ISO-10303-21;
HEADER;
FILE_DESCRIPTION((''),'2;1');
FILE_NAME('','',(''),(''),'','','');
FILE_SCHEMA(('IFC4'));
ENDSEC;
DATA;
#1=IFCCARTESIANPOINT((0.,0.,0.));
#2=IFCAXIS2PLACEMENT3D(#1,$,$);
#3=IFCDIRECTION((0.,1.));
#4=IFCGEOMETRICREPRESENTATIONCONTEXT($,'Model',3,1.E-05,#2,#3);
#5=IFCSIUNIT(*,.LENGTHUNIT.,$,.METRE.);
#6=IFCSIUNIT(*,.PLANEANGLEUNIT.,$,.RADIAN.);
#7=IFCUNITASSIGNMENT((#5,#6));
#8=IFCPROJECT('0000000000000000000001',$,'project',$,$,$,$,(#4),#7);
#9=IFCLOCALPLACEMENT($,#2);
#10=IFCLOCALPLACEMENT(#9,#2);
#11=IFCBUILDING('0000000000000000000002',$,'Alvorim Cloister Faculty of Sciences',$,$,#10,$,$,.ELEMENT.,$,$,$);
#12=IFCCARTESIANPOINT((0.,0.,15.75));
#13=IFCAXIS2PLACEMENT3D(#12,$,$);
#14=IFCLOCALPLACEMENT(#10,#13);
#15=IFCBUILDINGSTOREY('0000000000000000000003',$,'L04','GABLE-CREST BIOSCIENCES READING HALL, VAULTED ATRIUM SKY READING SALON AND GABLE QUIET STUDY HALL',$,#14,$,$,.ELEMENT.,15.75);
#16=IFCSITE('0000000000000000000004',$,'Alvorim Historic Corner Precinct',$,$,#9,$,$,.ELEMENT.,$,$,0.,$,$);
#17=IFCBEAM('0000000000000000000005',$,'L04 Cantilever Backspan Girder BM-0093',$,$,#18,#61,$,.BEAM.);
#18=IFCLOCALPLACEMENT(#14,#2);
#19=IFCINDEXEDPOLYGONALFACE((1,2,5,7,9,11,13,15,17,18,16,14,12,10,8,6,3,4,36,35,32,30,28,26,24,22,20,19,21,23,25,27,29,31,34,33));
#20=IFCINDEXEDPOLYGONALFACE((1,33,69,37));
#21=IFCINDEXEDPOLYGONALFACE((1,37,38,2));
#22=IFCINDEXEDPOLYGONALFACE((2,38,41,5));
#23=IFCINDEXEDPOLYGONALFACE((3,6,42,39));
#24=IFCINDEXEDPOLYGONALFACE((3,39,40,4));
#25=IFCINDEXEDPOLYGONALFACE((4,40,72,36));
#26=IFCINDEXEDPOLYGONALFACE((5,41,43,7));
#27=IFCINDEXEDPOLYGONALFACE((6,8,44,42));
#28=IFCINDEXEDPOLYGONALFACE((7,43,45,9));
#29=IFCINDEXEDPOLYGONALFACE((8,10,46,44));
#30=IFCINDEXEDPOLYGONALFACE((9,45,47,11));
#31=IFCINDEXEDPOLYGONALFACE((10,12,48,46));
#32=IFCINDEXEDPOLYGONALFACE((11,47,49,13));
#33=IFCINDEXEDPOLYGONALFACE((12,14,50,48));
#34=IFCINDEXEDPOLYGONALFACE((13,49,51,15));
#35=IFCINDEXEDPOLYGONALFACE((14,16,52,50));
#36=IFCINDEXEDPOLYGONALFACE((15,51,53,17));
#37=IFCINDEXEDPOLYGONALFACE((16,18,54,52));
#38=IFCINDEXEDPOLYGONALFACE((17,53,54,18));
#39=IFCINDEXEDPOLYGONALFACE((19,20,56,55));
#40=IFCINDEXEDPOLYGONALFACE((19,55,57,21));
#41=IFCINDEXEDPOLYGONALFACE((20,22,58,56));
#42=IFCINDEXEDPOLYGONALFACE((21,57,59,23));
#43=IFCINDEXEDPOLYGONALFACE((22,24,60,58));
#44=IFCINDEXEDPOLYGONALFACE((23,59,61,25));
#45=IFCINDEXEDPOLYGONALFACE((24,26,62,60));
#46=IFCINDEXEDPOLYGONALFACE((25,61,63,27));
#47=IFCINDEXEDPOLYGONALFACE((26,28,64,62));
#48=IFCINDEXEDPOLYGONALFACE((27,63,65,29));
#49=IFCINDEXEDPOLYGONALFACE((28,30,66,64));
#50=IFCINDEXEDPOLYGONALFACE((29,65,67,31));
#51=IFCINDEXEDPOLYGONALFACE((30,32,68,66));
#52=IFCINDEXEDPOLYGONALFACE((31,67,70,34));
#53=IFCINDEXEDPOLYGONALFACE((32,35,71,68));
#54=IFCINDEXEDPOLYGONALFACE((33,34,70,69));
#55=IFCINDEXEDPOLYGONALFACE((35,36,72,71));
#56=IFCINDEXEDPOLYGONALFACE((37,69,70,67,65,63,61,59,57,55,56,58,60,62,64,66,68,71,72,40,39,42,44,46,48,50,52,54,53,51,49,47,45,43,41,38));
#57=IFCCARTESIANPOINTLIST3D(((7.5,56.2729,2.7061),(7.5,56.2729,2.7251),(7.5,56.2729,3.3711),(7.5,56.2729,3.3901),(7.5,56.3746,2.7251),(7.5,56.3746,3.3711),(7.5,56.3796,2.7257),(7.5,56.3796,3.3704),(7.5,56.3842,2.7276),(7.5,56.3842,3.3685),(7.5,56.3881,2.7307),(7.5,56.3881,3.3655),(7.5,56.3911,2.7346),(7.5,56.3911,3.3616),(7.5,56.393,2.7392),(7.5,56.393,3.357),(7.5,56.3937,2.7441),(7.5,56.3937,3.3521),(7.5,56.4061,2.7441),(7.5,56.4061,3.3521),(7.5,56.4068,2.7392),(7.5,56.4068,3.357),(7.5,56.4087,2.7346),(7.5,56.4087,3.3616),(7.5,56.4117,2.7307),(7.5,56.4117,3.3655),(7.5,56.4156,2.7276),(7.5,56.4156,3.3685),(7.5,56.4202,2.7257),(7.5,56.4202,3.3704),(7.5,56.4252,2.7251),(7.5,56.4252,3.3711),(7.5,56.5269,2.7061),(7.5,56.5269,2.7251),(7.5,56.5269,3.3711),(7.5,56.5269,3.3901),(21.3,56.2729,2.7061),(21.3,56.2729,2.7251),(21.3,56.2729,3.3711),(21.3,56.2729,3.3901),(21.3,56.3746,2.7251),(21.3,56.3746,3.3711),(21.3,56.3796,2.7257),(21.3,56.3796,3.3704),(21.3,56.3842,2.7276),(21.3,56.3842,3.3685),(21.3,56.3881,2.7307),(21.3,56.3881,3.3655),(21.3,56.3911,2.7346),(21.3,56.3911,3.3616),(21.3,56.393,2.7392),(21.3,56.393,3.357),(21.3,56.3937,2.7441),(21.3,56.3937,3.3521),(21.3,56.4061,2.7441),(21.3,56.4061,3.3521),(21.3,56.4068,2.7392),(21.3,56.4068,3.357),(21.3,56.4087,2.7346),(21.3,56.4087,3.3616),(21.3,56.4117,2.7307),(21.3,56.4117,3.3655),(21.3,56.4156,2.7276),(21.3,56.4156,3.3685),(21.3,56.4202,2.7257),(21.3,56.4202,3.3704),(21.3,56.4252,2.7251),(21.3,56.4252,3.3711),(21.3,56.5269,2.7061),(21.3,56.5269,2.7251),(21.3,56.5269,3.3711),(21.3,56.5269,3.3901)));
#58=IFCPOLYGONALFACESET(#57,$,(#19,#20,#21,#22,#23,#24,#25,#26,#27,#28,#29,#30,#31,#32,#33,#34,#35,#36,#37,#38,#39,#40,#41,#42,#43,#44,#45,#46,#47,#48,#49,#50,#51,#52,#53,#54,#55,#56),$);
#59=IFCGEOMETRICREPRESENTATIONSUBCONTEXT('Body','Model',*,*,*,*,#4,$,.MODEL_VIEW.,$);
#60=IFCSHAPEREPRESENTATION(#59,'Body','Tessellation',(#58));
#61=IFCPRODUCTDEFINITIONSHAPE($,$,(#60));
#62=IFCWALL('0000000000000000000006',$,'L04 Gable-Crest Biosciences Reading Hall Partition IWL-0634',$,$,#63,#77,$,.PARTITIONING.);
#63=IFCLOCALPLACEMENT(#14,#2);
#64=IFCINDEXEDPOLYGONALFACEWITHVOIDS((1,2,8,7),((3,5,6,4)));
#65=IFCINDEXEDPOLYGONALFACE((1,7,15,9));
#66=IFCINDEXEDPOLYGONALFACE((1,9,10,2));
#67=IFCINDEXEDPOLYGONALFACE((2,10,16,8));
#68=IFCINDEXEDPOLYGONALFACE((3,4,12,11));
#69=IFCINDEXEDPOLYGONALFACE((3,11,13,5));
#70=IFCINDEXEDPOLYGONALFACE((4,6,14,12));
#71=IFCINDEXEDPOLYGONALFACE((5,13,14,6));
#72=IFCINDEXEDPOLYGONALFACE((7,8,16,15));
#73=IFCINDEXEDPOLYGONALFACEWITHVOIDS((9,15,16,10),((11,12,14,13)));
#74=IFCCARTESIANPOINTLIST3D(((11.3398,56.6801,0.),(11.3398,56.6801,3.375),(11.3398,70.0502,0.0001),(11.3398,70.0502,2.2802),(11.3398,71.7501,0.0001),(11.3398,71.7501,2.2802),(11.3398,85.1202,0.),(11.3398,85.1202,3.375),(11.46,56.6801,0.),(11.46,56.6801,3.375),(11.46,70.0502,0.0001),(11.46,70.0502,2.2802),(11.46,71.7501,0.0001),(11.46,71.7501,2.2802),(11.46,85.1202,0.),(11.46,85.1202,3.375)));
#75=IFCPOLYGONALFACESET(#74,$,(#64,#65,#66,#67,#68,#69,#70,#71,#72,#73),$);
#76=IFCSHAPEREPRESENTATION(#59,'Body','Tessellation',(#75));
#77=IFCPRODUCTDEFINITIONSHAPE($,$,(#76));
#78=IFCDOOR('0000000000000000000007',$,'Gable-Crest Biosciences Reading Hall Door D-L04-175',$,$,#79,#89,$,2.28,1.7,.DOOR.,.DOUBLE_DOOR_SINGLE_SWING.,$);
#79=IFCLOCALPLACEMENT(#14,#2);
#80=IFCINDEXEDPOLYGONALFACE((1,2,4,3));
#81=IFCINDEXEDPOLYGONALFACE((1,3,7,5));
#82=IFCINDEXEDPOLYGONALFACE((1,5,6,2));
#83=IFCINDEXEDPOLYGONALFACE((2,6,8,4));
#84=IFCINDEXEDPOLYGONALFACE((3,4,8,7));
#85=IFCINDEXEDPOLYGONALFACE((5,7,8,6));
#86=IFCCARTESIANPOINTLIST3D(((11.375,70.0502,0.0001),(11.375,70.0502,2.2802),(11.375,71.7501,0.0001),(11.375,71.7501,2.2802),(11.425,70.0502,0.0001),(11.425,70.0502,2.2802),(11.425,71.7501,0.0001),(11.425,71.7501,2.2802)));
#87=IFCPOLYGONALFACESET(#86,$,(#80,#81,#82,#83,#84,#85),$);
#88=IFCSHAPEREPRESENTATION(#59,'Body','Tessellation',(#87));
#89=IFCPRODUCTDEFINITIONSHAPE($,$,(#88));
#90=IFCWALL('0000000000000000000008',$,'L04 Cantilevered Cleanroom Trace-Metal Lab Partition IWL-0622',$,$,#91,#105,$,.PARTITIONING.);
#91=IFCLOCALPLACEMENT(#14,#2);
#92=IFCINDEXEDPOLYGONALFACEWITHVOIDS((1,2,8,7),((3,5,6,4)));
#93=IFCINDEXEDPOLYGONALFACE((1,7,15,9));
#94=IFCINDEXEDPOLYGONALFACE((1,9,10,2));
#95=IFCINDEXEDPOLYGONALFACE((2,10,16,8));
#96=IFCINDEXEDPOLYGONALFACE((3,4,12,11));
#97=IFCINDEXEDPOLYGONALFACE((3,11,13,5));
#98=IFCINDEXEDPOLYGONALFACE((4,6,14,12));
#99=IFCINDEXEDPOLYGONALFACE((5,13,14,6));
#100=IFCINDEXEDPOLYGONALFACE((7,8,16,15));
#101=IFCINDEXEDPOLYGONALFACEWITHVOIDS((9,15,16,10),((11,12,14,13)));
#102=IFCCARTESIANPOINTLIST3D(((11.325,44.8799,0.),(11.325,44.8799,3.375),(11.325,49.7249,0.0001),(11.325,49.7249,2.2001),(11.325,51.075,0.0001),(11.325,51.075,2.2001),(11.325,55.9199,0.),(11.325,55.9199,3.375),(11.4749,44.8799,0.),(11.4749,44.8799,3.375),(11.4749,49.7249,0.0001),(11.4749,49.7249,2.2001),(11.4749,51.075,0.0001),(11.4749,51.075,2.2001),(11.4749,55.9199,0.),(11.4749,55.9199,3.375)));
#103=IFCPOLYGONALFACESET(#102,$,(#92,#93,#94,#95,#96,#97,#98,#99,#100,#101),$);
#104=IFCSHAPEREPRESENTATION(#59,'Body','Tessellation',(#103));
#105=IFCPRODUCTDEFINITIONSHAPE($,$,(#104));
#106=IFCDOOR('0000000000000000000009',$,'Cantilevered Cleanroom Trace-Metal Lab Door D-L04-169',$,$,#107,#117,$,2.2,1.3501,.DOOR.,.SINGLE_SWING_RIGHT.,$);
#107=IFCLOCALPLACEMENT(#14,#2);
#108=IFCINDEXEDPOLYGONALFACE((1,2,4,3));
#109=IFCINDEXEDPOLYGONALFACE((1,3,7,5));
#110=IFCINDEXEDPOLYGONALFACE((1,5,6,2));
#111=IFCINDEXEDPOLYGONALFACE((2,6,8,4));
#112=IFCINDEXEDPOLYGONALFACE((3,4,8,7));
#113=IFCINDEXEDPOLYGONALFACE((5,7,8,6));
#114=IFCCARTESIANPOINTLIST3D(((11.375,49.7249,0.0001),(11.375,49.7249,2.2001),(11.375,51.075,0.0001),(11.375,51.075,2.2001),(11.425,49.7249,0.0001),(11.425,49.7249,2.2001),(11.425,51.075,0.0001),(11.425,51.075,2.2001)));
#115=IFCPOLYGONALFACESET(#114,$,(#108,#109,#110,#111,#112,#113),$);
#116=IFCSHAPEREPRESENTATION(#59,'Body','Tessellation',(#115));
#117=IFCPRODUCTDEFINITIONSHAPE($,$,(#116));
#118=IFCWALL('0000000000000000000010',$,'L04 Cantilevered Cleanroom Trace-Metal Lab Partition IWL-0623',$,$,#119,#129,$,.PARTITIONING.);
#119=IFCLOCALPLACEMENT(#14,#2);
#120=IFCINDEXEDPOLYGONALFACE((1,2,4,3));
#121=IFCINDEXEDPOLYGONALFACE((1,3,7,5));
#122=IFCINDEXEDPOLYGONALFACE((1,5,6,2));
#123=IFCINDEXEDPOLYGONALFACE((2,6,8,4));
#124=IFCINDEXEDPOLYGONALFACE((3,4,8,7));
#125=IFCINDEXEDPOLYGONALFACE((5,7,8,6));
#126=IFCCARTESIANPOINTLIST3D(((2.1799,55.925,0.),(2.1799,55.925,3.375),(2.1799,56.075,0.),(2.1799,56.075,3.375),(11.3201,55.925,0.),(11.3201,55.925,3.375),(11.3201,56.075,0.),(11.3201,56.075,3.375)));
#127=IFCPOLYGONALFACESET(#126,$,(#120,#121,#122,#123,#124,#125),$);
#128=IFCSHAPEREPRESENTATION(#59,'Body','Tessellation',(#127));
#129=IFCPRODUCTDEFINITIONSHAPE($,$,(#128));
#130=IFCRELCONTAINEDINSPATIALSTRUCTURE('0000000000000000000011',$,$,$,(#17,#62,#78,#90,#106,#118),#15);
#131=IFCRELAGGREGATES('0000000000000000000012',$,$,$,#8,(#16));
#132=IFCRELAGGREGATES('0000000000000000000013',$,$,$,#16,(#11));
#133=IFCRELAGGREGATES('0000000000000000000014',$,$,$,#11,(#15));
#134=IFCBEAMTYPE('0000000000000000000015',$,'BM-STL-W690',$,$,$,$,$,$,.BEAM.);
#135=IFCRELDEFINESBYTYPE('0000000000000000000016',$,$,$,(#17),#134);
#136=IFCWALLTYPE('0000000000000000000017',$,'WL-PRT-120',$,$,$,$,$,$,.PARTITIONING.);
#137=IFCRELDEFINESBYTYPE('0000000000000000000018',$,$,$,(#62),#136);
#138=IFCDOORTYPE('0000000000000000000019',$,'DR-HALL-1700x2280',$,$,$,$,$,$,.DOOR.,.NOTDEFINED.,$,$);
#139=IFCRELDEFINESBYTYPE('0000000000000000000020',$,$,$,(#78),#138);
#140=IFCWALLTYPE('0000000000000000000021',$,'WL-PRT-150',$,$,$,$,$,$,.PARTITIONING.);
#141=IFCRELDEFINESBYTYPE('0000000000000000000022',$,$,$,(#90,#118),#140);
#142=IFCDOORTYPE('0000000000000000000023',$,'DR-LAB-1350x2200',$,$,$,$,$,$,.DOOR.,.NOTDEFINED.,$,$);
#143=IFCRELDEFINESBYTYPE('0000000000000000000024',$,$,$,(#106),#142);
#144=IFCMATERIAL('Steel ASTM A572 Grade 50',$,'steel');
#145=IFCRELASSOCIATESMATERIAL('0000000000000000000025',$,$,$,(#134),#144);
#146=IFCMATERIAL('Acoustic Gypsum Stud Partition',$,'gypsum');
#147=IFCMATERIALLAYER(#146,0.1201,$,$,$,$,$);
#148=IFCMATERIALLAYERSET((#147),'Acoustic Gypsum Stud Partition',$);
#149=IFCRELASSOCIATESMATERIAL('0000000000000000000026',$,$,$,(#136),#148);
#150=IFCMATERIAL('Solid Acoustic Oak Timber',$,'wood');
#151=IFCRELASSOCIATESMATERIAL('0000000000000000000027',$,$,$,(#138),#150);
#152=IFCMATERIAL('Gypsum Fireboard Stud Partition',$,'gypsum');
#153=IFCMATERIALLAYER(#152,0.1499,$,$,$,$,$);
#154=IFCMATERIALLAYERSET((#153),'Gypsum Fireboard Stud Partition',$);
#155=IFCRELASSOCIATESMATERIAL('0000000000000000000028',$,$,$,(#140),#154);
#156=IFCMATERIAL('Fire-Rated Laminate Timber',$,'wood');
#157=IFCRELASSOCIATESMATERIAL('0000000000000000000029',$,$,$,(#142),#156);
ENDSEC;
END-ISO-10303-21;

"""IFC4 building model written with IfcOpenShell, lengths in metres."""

from ifc_helpers import new_model, si_unit, direction, frame, frame_2d, origin, origin_2d, place, context, subcontext, project, spatial, rectangle, i_section, extrude, material, layer, layer_set, material_profile, profile_set, type_object, element, fill, save


model = new_model("IFC4")

# Units and contexts
model_context = context("Model", 3, precision=1e-05, world=origin(), true_north=direction((0.0, 1.0)))
body_context = subcontext(model_context, "Body", "Model", "MODEL_VIEW")
ifc_project = project(units=[si_unit("LENGTHUNIT", "METRE"), si_unit("PLANEANGLEUNIT", "RADIAN")], contexts=[model_context])

# Site, building, storey
site_placement = place(None, origin())
site = spatial("IfcSite", under=ifc_project, at=site_placement, Name="Alvorim Historic Corner Precinct", CompositionType="ELEMENT", RefElevation=0.0)
building_placement = place(site_placement, origin())
building = spatial("IfcBuilding", under=site, at=building_placement, Name="Alvorim Cloister Faculty of Sciences", CompositionType="ELEMENT")
storey_placement = place(building_placement, frame((0.0, 0.0, 15.75)))
storey = spatial("IfcBuildingStorey", under=building, at=storey_placement, Name="L04", Description="GABLE-CREST BIOSCIENCES READING HALL, VAULTED ATRIUM SKY READING SALON AND GABLE QUIET STUDY HALL", CompositionType="ELEMENT", Elevation=15.75)

# Beam
ifc_material_1 = material(Name="Steel ASTM A572 Grade 50", Category="steel")
ifc_material_profile_1 = material_profile(ifc_material_1, i_section(OverallWidth=0.2539, OverallDepth=0.6841, WebThickness=0.0125, FlangeThickness=0.019, FilletRadius=0.019, at=origin_2d()), Name="W690x140.0")
ifc_profile_set_1 = profile_set([ifc_material_profile_1], Name="Steel ASTM A572 Grade 50")
beam_type_1 = type_object("IfcBeamType", Name="BM-STL-W690", PredefinedType="BEAM", material=ifc_profile_set_1)
beam_1_placement = place(storey_placement, frame((7.5, 56.3999, 3.0481), z_axis=(1.0, 0.0, 0.0), x_axis=(0.0, 1.0, 0.0)))
element("IfcBeam", 1, at=beam_1_placement, inside=storey, type_object=beam_type_1, Name="L04 Cantilever Backspan Girder BM-0093", PredefinedType="BEAM", context=body_context, shape_type="SweptSolid", body=[
    extrude(i_section(OverallWidth=0.2539, OverallDepth=0.6841, WebThickness=0.0125, FlangeThickness=0.019, FilletRadius=0.019, at=origin_2d()), origin(), (0.0, 0.0, 1.0), 13.8),
])

# Walls, openings, doors
ifc_material_2 = material(Name="Acoustic Gypsum Stud Partition", Category="gypsum")
ifc_layer_1 = layer(ifc_material_2, 0.1201)
ifc_layer_set_1 = layer_set([ifc_layer_1], Name="Acoustic Gypsum Stud Partition")
wall_type_1 = type_object("IfcWallType", Name="WL-PRT-120", PredefinedType="PARTITIONING", material=ifc_layer_set_1)
wall_1_placement = place(storey_placement, frame((11.3999, 56.6799, 0.0), z_axis=(0.0, 0.0, 1.0), x_axis=(0.0, 1.0, 0.0)))
wall_1 = element("IfcWall", 2, at=wall_1_placement, inside=storey, type_object=wall_type_1, Name="L04 Gable-Crest Biosciences Reading Hall Partition IWL-0634", PredefinedType="PARTITIONING", context=body_context, shape_type="SweptSolid", body=[
    extrude(rectangle(XDim=28.4402, YDim=0.1201, at=frame_2d((14.2202, 0.0))), origin(), (0.0, 0.0, 1.0), 3.375),
])
opening_1_placement = place(wall_1_placement, frame((13.3701, 0.0, 0.0)))
opening_1 = element("IfcOpeningElement", 3, at=opening_1_placement, cuts=wall_1, PredefinedType="OPENING", context=body_context, shape_type="SweptSolid", body=[
    extrude(rectangle(XDim=1.7, YDim=2.28, at=frame_2d((0.8501, 1.1401))), frame((0.0, 0.072, 0.0), z_axis=(0.0, -1.0, 0.0), x_axis=(1.0, 0.0, 0.0)), (0.0, 0.0, 1.0), 0.144),
])
ifc_material_3 = material(Name="Solid Acoustic Oak Timber", Category="wood")
door_type_1 = type_object("IfcDoorType", Name="DR-HALL-1700x2280", OperationType="NOTDEFINED", PredefinedType="DOOR", material=ifc_material_3)
door_1_placement = place(opening_1_placement, origin())
door_1 = element("IfcDoor", 4, at=door_1_placement, inside=storey, type_object=door_type_1, Name="Gable-Crest Biosciences Reading Hall Door D-L04-175", OperationType="DOUBLE_DOOR_SINGLE_SWING", OverallHeight=2.28, OverallWidth=1.7, PredefinedType="DOOR", context=body_context, shape_type="SweptSolid", body=[
    extrude(rectangle(XDim=1.7, YDim=2.28, at=frame_2d((0.8501, 1.1401))), frame((0.0, 0.0249, 0.0), z_axis=(0.0, -1.0, 0.0), x_axis=(1.0, 0.0, 0.0)), (0.0, 0.0, 1.0), 0.05),
])
fill(opening_1, door_1)
ifc_material_4 = material(Name="Gypsum Fireboard Stud Partition", Category="gypsum")
ifc_layer_2 = layer(ifc_material_4, 0.1499)
ifc_layer_set_2 = layer_set([ifc_layer_2], Name="Gypsum Fireboard Stud Partition")
wall_type_2 = type_object("IfcWallType", Name="WL-PRT-150", PredefinedType="PARTITIONING", material=ifc_layer_set_2)
wall_2_placement = place(storey_placement, frame((11.3999, 44.8799, 0.0), z_axis=(0.0, 0.0, 1.0), x_axis=(0.0, 1.0, 0.0)))
wall_2 = element("IfcWall", 5, at=wall_2_placement, inside=storey, type_object=wall_type_2, Name="L04 Cantilevered Cleanroom Trace-Metal Lab Partition IWL-0622", PredefinedType="PARTITIONING", context=body_context, shape_type="SweptSolid", body=[
    extrude(rectangle(XDim=11.04, YDim=0.1499, at=frame_2d((5.52, 0.0))), origin(), (0.0, 0.0, 1.0), 3.375),
])
opening_2_placement = place(wall_2_placement, frame((4.845, 0.0, 0.0)))
opening_2 = element("IfcOpeningElement", 6, at=opening_2_placement, cuts=wall_2, PredefinedType="OPENING", context=body_context, shape_type="SweptSolid", body=[
    extrude(rectangle(XDim=1.3501, YDim=2.2, at=frame_2d((0.675, 1.1001))), frame((0.0, 0.0869, 0.0), z_axis=(0.0, -1.0, 0.0), x_axis=(1.0, 0.0, 0.0)), (0.0, 0.0, 1.0), 0.1738),
])
ifc_material_5 = material(Name="Fire-Rated Laminate Timber", Category="wood")
door_type_2 = type_object("IfcDoorType", Name="DR-LAB-1350x2200", OperationType="NOTDEFINED", PredefinedType="DOOR", material=ifc_material_5)
door_2_placement = place(opening_2_placement, origin())
door_2 = element("IfcDoor", 7, at=door_2_placement, inside=storey, type_object=door_type_2, Name="Cantilevered Cleanroom Trace-Metal Lab Door D-L04-169", OperationType="SINGLE_SWING_RIGHT", OverallHeight=2.2, OverallWidth=1.3501, PredefinedType="DOOR", context=body_context, shape_type="SweptSolid", body=[
    extrude(rectangle(XDim=1.3501, YDim=2.2, at=frame_2d((0.675, 1.1001))), frame((0.0, 0.0249, 0.0), z_axis=(0.0, -1.0, 0.0), x_axis=(1.0, 0.0, 0.0)), (0.0, 0.0, 1.0), 0.05),
])
fill(opening_2, door_2)

# Wall
wall_3_placement = place(storey_placement, frame((2.1799, 56.0, 0.0), z_axis=(0.0, 0.0, 1.0), x_axis=(1.0, 0.0, 0.0)))
element("IfcWall", 8, at=wall_3_placement, inside=storey, type_object=wall_type_2, Name="L04 Cantilevered Cleanroom Trace-Metal Lab Partition IWL-0623", PredefinedType="PARTITIONING", context=body_context, shape_type="SweptSolid", body=[
    extrude(rectangle(XDim=9.1401, YDim=0.1499, at=frame_2d((4.5701, 0.0))), origin(), (0.0, 0.0, 1.0), 3.375),
])

save(model, "model.ifc")
